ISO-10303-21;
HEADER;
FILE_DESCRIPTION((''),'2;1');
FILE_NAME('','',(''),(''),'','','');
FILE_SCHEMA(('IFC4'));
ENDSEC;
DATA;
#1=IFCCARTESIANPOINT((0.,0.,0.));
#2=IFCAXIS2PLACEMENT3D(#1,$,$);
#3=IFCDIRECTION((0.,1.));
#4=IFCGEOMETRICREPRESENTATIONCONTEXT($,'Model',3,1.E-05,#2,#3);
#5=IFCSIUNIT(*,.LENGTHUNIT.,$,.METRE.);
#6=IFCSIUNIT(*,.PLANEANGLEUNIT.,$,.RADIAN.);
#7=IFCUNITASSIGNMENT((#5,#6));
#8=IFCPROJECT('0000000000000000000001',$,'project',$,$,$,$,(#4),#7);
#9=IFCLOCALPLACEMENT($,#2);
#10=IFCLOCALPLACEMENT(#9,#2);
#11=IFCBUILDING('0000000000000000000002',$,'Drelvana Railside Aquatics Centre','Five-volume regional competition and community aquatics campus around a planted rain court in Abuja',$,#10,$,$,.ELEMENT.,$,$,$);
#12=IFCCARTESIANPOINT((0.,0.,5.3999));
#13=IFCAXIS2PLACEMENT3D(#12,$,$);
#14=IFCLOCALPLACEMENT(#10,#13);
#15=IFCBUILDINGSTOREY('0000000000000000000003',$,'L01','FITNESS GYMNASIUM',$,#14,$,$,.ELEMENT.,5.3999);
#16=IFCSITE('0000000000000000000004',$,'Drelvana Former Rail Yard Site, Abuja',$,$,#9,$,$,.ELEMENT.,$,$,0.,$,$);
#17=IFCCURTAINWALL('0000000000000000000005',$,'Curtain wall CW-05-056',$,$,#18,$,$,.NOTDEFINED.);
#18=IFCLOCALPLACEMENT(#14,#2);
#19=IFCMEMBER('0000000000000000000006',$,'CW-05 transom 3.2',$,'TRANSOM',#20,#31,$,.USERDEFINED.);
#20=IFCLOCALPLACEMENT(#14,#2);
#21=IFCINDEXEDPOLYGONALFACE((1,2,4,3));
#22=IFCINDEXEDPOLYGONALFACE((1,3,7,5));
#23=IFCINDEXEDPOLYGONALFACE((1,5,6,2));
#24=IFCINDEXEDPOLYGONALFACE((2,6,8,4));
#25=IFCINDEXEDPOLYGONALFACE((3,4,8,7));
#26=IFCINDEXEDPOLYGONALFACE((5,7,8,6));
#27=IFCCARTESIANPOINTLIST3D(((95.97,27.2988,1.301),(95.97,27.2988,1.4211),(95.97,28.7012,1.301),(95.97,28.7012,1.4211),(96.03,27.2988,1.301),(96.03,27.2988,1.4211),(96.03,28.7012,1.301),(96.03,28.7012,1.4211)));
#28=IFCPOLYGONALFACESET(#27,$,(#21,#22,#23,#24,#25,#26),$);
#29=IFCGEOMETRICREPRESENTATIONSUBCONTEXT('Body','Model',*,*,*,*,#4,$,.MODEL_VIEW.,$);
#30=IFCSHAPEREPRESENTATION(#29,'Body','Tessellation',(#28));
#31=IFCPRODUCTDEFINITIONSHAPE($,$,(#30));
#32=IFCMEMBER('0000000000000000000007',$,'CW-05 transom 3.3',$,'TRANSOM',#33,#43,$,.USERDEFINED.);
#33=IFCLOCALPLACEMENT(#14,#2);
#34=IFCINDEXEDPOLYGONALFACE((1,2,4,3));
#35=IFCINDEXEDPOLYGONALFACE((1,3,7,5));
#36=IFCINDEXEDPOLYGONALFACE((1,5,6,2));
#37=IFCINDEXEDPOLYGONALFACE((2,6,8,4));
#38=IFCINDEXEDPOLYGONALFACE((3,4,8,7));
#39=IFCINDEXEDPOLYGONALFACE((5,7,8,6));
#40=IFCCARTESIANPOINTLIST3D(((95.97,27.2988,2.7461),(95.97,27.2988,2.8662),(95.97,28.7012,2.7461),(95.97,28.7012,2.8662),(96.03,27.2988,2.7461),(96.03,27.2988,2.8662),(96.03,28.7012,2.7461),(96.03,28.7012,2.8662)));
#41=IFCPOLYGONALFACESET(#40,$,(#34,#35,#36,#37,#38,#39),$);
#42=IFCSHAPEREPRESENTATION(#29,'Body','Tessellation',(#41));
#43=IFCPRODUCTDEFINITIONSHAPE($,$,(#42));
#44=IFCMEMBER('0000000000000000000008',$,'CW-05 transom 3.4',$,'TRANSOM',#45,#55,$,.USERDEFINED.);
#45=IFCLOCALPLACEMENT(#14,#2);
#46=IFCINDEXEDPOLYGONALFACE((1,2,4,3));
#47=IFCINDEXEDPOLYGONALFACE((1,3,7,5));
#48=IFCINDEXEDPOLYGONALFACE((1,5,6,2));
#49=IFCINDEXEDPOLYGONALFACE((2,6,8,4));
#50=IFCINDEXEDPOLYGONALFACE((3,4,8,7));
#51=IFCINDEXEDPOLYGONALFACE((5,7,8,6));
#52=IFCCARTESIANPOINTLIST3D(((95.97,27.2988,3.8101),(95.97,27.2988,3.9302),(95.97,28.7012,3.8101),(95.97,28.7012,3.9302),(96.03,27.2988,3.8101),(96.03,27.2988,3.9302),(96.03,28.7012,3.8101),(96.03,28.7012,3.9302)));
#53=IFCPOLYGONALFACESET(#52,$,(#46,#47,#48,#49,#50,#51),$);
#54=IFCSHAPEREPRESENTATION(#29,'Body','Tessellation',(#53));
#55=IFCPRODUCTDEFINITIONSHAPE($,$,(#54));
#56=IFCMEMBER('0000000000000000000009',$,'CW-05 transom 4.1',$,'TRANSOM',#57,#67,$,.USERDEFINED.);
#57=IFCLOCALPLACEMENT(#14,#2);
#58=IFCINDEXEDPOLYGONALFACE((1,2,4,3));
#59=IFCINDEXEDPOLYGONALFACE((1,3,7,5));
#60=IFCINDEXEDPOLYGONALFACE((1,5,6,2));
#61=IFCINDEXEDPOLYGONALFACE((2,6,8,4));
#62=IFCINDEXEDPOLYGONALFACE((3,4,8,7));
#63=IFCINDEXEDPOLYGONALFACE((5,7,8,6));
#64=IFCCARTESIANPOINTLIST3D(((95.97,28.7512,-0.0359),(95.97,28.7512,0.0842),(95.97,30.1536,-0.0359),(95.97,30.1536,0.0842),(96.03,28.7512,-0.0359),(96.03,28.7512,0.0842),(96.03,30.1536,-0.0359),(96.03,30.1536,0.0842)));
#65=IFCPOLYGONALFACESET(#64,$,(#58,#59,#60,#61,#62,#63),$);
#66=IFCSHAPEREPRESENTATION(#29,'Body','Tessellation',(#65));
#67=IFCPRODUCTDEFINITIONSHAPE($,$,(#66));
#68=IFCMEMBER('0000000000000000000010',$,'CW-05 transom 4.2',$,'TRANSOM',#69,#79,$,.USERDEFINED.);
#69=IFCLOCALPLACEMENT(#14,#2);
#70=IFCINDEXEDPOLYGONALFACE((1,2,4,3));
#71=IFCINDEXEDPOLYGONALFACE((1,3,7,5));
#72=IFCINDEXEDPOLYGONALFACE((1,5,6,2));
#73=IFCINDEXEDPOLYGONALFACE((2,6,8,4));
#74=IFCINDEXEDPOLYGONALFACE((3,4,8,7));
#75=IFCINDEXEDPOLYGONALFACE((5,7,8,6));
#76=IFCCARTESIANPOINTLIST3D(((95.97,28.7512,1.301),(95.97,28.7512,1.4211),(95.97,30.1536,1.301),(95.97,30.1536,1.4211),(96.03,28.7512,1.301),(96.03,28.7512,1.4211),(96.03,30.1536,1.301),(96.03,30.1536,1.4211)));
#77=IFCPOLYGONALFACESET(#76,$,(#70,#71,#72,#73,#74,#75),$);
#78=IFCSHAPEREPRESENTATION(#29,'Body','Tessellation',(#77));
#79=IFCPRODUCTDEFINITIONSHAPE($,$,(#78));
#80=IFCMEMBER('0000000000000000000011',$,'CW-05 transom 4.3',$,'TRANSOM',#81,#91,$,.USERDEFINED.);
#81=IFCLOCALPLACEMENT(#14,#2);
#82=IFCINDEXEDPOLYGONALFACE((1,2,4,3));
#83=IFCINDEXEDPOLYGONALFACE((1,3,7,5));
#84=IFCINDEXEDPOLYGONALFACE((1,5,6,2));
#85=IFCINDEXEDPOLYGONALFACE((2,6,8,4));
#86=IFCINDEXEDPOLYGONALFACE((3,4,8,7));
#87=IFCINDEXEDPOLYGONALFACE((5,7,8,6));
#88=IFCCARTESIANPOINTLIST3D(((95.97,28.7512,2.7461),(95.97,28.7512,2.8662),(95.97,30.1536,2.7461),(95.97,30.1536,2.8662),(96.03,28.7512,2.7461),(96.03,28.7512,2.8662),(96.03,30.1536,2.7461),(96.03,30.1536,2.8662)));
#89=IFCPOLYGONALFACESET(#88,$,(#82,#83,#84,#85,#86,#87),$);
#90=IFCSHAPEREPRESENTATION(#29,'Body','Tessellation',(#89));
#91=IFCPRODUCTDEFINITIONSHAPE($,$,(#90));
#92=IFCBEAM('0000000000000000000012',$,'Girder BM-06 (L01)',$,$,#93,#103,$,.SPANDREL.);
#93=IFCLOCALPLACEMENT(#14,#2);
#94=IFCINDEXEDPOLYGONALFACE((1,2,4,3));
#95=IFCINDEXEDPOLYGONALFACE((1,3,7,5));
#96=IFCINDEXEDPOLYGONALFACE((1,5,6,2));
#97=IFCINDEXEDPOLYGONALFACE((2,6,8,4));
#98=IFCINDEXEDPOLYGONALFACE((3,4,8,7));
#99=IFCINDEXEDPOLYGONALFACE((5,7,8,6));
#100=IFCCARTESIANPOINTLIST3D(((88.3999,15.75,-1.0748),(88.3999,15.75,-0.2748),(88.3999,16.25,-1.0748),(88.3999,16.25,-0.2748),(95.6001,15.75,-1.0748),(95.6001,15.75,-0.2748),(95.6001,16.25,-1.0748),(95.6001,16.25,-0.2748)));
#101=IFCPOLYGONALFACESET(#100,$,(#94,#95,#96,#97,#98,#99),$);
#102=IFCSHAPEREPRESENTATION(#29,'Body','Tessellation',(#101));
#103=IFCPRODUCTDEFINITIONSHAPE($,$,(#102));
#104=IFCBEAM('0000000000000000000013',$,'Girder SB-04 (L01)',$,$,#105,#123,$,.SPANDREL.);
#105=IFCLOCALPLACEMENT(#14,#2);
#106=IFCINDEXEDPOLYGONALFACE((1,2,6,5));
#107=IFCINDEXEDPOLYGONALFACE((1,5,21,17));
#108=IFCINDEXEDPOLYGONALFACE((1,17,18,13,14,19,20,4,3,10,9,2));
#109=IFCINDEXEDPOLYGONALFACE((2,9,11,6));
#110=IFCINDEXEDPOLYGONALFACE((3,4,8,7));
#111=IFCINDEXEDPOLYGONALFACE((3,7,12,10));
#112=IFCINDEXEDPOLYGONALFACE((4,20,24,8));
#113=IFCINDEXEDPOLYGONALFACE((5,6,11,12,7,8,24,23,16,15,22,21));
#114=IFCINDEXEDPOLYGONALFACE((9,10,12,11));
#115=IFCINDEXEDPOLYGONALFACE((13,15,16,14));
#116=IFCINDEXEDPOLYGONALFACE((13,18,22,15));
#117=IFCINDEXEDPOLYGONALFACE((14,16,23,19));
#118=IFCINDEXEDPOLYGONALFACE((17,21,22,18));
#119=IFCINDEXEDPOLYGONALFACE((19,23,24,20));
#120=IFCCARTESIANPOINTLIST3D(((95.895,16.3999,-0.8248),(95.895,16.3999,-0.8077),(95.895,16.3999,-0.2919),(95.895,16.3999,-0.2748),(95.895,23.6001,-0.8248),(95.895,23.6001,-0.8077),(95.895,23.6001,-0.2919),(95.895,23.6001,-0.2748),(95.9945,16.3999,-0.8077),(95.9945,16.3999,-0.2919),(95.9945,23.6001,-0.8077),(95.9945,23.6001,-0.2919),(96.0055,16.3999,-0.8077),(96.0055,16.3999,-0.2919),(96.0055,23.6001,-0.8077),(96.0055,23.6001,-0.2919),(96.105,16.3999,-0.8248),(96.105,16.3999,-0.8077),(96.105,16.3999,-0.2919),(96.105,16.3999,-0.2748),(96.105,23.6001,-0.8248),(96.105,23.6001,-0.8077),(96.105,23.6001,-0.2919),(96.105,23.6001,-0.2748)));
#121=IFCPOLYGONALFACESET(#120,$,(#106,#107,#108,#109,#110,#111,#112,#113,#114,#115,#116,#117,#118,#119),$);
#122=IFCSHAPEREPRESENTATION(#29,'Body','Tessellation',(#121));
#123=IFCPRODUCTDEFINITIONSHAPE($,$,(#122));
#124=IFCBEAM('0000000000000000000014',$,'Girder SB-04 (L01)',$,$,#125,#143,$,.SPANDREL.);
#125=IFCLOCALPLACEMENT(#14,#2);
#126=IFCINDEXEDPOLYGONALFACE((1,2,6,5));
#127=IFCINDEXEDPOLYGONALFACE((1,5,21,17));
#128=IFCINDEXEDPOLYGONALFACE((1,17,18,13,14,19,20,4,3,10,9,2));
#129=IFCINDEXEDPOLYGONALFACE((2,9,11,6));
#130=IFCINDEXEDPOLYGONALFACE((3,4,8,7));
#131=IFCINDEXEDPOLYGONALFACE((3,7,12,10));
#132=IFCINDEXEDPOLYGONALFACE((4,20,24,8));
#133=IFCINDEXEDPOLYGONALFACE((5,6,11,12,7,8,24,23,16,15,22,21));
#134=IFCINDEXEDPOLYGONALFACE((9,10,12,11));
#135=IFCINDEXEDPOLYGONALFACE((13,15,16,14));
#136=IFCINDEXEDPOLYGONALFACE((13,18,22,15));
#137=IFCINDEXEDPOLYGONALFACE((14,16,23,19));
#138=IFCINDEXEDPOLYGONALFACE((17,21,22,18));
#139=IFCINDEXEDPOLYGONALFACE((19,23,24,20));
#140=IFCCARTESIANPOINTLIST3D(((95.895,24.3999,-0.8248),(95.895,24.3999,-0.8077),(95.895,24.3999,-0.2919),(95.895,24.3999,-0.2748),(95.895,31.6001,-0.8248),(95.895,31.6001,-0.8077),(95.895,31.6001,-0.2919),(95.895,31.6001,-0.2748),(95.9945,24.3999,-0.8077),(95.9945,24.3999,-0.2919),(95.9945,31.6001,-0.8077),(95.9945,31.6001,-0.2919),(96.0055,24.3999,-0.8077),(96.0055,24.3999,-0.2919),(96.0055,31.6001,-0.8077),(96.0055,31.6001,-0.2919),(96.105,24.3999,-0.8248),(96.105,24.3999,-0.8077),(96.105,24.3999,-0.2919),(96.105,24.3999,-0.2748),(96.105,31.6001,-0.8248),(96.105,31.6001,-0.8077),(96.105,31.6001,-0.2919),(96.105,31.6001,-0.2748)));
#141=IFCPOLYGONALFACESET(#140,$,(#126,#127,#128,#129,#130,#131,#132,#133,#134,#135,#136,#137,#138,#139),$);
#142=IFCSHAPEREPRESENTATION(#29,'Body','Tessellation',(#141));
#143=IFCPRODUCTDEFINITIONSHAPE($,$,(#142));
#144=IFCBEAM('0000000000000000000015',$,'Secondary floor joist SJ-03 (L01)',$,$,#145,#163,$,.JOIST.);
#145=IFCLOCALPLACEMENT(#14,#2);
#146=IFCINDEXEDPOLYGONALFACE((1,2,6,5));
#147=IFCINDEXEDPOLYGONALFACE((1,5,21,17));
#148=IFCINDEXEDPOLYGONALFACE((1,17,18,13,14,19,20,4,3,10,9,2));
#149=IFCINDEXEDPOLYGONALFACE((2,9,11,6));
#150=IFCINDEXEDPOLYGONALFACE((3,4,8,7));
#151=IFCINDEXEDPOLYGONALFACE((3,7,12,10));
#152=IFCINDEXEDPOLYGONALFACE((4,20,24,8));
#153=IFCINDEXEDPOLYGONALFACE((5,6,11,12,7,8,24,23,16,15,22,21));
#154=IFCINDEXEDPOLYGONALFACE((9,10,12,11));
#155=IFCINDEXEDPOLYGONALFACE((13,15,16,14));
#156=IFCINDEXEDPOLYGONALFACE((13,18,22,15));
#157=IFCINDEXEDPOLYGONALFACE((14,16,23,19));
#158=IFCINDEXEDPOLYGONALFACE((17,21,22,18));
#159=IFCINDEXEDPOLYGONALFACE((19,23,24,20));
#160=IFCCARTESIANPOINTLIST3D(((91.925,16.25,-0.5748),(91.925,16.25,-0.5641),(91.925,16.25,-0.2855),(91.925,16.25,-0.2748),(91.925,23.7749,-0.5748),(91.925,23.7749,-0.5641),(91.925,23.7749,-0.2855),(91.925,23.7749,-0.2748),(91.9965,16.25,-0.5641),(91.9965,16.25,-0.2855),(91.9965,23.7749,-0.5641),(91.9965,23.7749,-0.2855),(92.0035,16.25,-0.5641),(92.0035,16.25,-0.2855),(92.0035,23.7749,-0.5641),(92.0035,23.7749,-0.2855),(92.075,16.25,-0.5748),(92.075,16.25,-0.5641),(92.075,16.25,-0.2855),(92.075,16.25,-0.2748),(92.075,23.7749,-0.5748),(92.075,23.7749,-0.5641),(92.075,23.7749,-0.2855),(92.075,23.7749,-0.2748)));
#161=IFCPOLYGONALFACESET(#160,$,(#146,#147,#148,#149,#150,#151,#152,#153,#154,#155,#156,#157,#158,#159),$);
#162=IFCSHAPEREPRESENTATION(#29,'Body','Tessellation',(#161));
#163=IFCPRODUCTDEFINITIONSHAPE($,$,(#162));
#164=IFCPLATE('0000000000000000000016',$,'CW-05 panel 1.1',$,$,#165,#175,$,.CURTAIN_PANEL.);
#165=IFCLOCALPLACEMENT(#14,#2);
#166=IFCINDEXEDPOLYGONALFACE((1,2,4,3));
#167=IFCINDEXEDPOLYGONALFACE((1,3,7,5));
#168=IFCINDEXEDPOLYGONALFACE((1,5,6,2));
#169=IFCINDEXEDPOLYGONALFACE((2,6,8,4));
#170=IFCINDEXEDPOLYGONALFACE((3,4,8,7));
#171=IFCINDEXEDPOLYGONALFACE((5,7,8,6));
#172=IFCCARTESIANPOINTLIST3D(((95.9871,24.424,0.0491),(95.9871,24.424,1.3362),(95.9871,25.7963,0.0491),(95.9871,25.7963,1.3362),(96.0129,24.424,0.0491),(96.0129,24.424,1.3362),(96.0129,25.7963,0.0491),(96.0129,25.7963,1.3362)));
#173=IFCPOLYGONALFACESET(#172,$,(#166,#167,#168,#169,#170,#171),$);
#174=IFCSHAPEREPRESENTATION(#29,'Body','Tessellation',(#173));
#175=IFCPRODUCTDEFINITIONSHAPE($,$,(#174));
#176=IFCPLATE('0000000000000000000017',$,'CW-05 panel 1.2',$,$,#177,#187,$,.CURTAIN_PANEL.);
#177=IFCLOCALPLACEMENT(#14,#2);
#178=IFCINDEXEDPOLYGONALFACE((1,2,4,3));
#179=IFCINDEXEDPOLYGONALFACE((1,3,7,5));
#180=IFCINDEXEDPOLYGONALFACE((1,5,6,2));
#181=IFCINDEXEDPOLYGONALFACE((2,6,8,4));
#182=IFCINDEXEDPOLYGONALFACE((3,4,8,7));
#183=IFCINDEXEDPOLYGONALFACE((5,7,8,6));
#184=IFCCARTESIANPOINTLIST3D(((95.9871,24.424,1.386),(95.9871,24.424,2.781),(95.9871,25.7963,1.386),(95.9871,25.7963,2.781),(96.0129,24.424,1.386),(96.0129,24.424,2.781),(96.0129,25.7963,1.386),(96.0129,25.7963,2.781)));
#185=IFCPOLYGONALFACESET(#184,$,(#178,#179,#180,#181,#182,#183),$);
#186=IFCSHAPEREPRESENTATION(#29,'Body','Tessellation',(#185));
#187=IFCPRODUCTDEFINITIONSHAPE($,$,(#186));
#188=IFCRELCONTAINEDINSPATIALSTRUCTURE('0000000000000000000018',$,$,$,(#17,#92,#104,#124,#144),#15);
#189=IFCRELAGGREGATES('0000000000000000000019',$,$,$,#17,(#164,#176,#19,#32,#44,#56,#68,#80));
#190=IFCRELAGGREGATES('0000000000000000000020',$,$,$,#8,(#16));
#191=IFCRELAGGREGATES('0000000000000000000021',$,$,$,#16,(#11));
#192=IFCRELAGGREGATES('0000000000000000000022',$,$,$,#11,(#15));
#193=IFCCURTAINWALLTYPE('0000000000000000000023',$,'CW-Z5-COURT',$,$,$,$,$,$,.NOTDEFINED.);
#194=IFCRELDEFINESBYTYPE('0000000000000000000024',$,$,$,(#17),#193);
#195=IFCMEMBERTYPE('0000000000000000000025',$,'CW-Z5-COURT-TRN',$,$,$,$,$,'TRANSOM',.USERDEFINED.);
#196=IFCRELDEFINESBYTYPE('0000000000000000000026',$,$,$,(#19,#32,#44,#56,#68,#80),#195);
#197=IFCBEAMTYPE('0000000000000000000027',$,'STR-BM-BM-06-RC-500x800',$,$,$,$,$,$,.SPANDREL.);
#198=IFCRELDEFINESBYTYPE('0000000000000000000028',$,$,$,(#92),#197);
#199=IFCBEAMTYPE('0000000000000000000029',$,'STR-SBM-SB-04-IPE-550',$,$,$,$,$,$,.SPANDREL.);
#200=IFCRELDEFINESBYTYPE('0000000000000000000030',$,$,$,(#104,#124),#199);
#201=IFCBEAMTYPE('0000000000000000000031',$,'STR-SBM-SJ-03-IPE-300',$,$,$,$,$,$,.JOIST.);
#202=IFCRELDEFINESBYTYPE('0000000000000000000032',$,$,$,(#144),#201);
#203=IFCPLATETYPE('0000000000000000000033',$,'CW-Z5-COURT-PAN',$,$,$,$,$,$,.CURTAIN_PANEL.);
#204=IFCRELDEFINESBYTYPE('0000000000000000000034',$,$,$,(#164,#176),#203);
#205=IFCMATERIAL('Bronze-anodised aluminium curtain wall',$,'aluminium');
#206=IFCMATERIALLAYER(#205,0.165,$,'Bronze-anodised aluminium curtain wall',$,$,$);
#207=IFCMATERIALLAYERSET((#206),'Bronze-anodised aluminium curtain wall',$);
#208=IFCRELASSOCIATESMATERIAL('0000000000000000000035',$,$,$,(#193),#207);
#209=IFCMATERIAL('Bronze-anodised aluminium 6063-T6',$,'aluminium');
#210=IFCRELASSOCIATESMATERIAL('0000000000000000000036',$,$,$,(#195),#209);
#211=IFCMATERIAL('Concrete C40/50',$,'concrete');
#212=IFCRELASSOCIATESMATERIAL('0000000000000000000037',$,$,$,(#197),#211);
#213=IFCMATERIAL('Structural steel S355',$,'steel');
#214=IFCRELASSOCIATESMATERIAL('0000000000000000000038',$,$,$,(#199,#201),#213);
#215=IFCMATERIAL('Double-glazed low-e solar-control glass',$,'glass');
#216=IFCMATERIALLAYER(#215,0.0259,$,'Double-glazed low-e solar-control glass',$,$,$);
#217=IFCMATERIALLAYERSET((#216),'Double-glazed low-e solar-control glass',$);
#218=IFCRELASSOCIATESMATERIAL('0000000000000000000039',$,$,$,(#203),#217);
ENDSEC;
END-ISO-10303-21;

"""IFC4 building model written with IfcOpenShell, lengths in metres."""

from ifc_helpers import new_model, si_unit, direction, frame, origin, origin_2d, place, context, subcontext, project, spatial, rectangle, i_section, extrude, material, layer, layer_set, material_profile, profile_set, type_object, element, aggregate, save


model = new_model("IFC4")

# Units and contexts
model_context = context("Model", 3, precision=1e-05, world=origin(), true_north=direction((0.0, 1.0)))
body_context = subcontext(model_context, "Body", "Model", "MODEL_VIEW")
ifc_project = project(units=[si_unit("LENGTHUNIT", "METRE"), si_unit("PLANEANGLEUNIT", "RADIAN")], contexts=[model_context])

# Site, building, storey
site_placement = place(None, origin())
site = spatial("IfcSite", under=ifc_project, at=site_placement, Name="Drelvana Former Rail Yard Site, Abuja", CompositionType="ELEMENT", RefElevation=0.0)
building_placement = place(site_placement, origin())
building = spatial("IfcBuilding", under=site, at=building_placement, Name="Drelvana Railside Aquatics Centre", Description="Five-volume regional competition and community aquatics campus around a planted rain court in Abuja", CompositionType="ELEMENT")
storey_placement = place(building_placement, frame((0.0, 0.0, 5.3999)))
storey = spatial("IfcBuildingStorey", under=building, at=storey_placement, Name="L01", Description="FITNESS GYMNASIUM", CompositionType="ELEMENT", Elevation=5.3999)

# Shared definitions
ifc_material_1 = material(Name="Concrete C40/50", Category="concrete")

# Curtain wall, members
ifc_material_2 = material(Name="Bronze-anodised aluminium curtain wall", Category="aluminium")
ifc_layer_1 = layer(ifc_material_2, 0.165, Name="Bronze-anodised aluminium curtain wall")
ifc_layer_set_1 = layer_set([ifc_layer_1], Name="Bronze-anodised aluminium curtain wall")
curtain_wall_type = type_object("IfcCurtainWallType", Name="CW-Z5-COURT", PredefinedType="NOTDEFINED", material=ifc_layer_set_1)
curtain_wall_placement = place(storey_placement, origin())
curtain_wall = element("IfcCurtainWall", 1, at=curtain_wall_placement, inside=storey, type_object=curtain_wall_type, Name="Curtain wall CW-05-056", PredefinedType="NOTDEFINED")
ifc_material_3 = material(Name="Bronze-anodised aluminium 6063-T6", Category="aluminium")
ifc_material_profile_1 = material_profile(ifc_material_3, rectangle(XDim=0.1201, YDim=0.0601, at=origin_2d()), Name="ALU-T 60x120")
ifc_profile_set_1 = profile_set([ifc_material_profile_1], Name="Bronze-anodised aluminium 6063-T6")
member_type_1 = type_object("IfcMemberType", Name="CW-Z5-COURT-TRN", ElementType="TRANSOM", PredefinedType="USERDEFINED", material=ifc_profile_set_1)
member_1_placement = place(storey_placement, frame((96.0, 27.2988, 1.3611), z_axis=(0.0, 1.0, 0.0), x_axis=(0.0, 0.0, 1.0)))
member_1 = element("IfcMember", 2, at=member_1_placement, type_object=member_type_1, Name="CW-05 transom 3.2", ObjectType="TRANSOM", PredefinedType="USERDEFINED", context=body_context, shape_type="SweptSolid", body=[
    extrude(rectangle(XDim=0.1201, YDim=0.0601, at=origin_2d()), origin(), (0.0, 0.0, 1.0), 1.4023),
])
member_2_placement = place(storey_placement, frame((96.0, 27.2988, 2.8062), z_axis=(0.0, 1.0, 0.0), x_axis=(0.0, 0.0, 1.0)))
member_2 = element("IfcMember", 3, at=member_2_placement, type_object=member_type_1, Name="CW-05 transom 3.3", ObjectType="TRANSOM", PredefinedType="USERDEFINED", context=body_context, shape_type="SweptSolid", body=[
    extrude(rectangle(XDim=0.1201, YDim=0.0601, at=origin_2d()), origin(), (0.0, 0.0, 1.0), 1.4023),
])
member_3_placement = place(storey_placement, frame((96.0, 27.2988, 3.8701), z_axis=(0.0, 1.0, 0.0), x_axis=(0.0, 0.0, 1.0)))
member_3 = element("IfcMember", 4, at=member_3_placement, type_object=member_type_1, Name="CW-05 transom 3.4", ObjectType="TRANSOM", PredefinedType="USERDEFINED", context=body_context, shape_type="SweptSolid", body=[
    extrude(rectangle(XDim=0.1201, YDim=0.0601, at=origin_2d()), origin(), (0.0, 0.0, 1.0), 1.4023),
])
member_4_placement = place(storey_placement, frame((96.0, 28.7512, 0.0242), z_axis=(0.0, 1.0, 0.0), x_axis=(0.0, 0.0, 1.0)))
member_4 = element("IfcMember", 5, at=member_4_placement, type_object=member_type_1, Name="CW-05 transom 4.1", ObjectType="TRANSOM", PredefinedType="USERDEFINED", context=body_context, shape_type="SweptSolid", body=[
    extrude(rectangle(XDim=0.1201, YDim=0.0601, at=origin_2d()), origin(), (0.0, 0.0, 1.0), 1.4023),
])
member_5_placement = place(storey_placement, frame((96.0, 28.7512, 1.3611), z_axis=(0.0, 1.0, 0.0), x_axis=(0.0, 0.0, 1.0)))
member_5 = element("IfcMember", 6, at=member_5_placement, type_object=member_type_1, Name="CW-05 transom 4.2", ObjectType="TRANSOM", PredefinedType="USERDEFINED", context=body_context, shape_type="SweptSolid", body=[
    extrude(rectangle(XDim=0.1201, YDim=0.0601, at=origin_2d()), origin(), (0.0, 0.0, 1.0), 1.4023),
])
member_6_placement = place(storey_placement, frame((96.0, 28.7512, 2.8062), z_axis=(0.0, 1.0, 0.0), x_axis=(0.0, 0.0, 1.0)))
member_6 = element("IfcMember", 7, at=member_6_placement, type_object=member_type_1, Name="CW-05 transom 4.3", ObjectType="TRANSOM", PredefinedType="USERDEFINED", context=body_context, shape_type="SweptSolid", body=[
    extrude(rectangle(XDim=0.1201, YDim=0.0601, at=origin_2d()), origin(), (0.0, 0.0, 1.0), 1.4023),
])

# Beams
ifc_material_profile_2 = material_profile(ifc_material_1, rectangle(XDim=0.5, YDim=0.8, at=origin_2d()), Name="RC 500x800")
ifc_profile_set_2 = profile_set([ifc_material_profile_2], Name="Concrete C40/50")
beam_type_1 = type_object("IfcBeamType", Name="STR-BM-BM-06-RC-500x800", PredefinedType="SPANDREL", material=ifc_profile_set_2)
beam_1_placement = place(storey_placement, frame((88.3999, 16.0, -0.6748), z_axis=(1.0, 0.0, 0.0), x_axis=(0.0, 1.0, 0.0)))
element("IfcBeam", 8, at=beam_1_placement, inside=storey, type_object=beam_type_1, Name="Girder BM-06 (L01)", PredefinedType="SPANDREL", context=body_context, shape_type="SweptSolid", body=[
    extrude(rectangle(XDim=0.5, YDim=0.8, at=origin_2d()), origin(), (0.0, 0.0, 1.0), 7.2002),
])
ifc_material_4 = material(Name="Structural steel S355", Category="steel")
ifc_material_profile_3 = material_profile(ifc_material_4, i_section(OverallWidth=0.21, OverallDepth=0.55, WebThickness=0.011, FlangeThickness=0.0171, at=origin_2d()), Name="IPE 550")
ifc_profile_set_3 = profile_set([ifc_material_profile_3], Name="Structural steel S355")
beam_type_2 = type_object("IfcBeamType", Name="STR-SBM-SB-04-IPE-550", PredefinedType="SPANDREL", material=ifc_profile_set_3)
for number, where, z_axis, x_axis, name in (
    (9, (96.0, 16.3999, -0.5498), (0.0, 1.0, 0.0), (-1.0, 0.0, 0.0), "Girder SB-04 (L01)"),
    (10, (96.0, 24.3999, -0.5498), (0.0, 1.0, 0.0), (-1.0, 0.0, 0.0), "Girder SB-04 (L01)"),
):
    element("IfcBeam", number, at=place(storey_placement, frame(where, z_axis=z_axis, x_axis=x_axis)), inside=storey, type_object=beam_type_2, Name=name, PredefinedType="SPANDREL", context=body_context, shape_type="SweptSolid", body=[
        extrude(i_section(OverallWidth=0.21, OverallDepth=0.55, WebThickness=0.011, FlangeThickness=0.0171, at=origin_2d()), origin(), (0.0, 0.0, 1.0), 7.2002),
    ])
ifc_material_profile_4 = material_profile(ifc_material_4, i_section(OverallWidth=0.1499, OverallDepth=0.3, WebThickness=0.0071, FlangeThickness=0.0107, at=origin_2d()), Name="IPE 300")
ifc_profile_set_4 = profile_set([ifc_material_profile_4], Name="Structural steel S355")
beam_type_3 = type_object("IfcBeamType", Name="STR-SBM-SJ-03-IPE-300", PredefinedType="JOIST", material=ifc_profile_set_4)
beam_2_placement = place(storey_placement, frame((92.0, 16.25, -0.4248), z_axis=(0.0, 1.0, 0.0), x_axis=(-1.0, 0.0, 0.0)))
element("IfcBeam", 11, at=beam_2_placement, inside=storey, type_object=beam_type_3, Name="Secondary floor joist SJ-03 (L01)", PredefinedType="JOIST", context=body_context, shape_type="SweptSolid", body=[
    extrude(i_section(OverallWidth=0.1499, OverallDepth=0.3, WebThickness=0.0071, FlangeThickness=0.0107, at=origin_2d()), origin(), (0.0, 0.0, 1.0), 7.5249),
])

# Plates
ifc_material_5 = material(Name="Double-glazed low-e solar-control glass", Category="glass")
ifc_layer_2 = layer(ifc_material_5, 0.0259, Name="Double-glazed low-e solar-control glass")
ifc_layer_set_2 = layer_set([ifc_layer_2], Name="Double-glazed low-e solar-control glass")
plate_type = type_object("IfcPlateType", Name="CW-Z5-COURT-PAN", PredefinedType="CURTAIN_PANEL", material=ifc_layer_set_2)
plate_1_placement = place(storey_placement, frame((96.0, 25.1101, 0.0491), z_axis=(0.0, 0.0, 1.0), x_axis=(0.0, 1.0, 0.0)))
plate_1 = element("IfcPlate", 12, at=plate_1_placement, type_object=plate_type, Name="CW-05 panel 1.1", PredefinedType="CURTAIN_PANEL", context=body_context, shape_type="SweptSolid", body=[
    extrude(rectangle(XDim=1.3723, YDim=0.0259, at=origin_2d()), origin(), (0.0, 0.0, 1.0), 1.2871),
])
plate_2_placement = place(storey_placement, frame((96.0, 25.1101, 1.386), z_axis=(0.0, 0.0, 1.0), x_axis=(0.0, 1.0, 0.0)))
plate_2 = element("IfcPlate", 13, at=plate_2_placement, type_object=plate_type, Name="CW-05 panel 1.2", PredefinedType="CURTAIN_PANEL", context=body_context, shape_type="SweptSolid", body=[
    extrude(rectangle(XDim=1.3723, YDim=0.0259, at=origin_2d()), origin(), (0.0, 0.0, 1.0), 1.395),
])
aggregate(curtain_wall, [plate_1, plate_2, member_1, member_2, member_3, member_4, member_5, member_6])

save(model, "model.ifc")
